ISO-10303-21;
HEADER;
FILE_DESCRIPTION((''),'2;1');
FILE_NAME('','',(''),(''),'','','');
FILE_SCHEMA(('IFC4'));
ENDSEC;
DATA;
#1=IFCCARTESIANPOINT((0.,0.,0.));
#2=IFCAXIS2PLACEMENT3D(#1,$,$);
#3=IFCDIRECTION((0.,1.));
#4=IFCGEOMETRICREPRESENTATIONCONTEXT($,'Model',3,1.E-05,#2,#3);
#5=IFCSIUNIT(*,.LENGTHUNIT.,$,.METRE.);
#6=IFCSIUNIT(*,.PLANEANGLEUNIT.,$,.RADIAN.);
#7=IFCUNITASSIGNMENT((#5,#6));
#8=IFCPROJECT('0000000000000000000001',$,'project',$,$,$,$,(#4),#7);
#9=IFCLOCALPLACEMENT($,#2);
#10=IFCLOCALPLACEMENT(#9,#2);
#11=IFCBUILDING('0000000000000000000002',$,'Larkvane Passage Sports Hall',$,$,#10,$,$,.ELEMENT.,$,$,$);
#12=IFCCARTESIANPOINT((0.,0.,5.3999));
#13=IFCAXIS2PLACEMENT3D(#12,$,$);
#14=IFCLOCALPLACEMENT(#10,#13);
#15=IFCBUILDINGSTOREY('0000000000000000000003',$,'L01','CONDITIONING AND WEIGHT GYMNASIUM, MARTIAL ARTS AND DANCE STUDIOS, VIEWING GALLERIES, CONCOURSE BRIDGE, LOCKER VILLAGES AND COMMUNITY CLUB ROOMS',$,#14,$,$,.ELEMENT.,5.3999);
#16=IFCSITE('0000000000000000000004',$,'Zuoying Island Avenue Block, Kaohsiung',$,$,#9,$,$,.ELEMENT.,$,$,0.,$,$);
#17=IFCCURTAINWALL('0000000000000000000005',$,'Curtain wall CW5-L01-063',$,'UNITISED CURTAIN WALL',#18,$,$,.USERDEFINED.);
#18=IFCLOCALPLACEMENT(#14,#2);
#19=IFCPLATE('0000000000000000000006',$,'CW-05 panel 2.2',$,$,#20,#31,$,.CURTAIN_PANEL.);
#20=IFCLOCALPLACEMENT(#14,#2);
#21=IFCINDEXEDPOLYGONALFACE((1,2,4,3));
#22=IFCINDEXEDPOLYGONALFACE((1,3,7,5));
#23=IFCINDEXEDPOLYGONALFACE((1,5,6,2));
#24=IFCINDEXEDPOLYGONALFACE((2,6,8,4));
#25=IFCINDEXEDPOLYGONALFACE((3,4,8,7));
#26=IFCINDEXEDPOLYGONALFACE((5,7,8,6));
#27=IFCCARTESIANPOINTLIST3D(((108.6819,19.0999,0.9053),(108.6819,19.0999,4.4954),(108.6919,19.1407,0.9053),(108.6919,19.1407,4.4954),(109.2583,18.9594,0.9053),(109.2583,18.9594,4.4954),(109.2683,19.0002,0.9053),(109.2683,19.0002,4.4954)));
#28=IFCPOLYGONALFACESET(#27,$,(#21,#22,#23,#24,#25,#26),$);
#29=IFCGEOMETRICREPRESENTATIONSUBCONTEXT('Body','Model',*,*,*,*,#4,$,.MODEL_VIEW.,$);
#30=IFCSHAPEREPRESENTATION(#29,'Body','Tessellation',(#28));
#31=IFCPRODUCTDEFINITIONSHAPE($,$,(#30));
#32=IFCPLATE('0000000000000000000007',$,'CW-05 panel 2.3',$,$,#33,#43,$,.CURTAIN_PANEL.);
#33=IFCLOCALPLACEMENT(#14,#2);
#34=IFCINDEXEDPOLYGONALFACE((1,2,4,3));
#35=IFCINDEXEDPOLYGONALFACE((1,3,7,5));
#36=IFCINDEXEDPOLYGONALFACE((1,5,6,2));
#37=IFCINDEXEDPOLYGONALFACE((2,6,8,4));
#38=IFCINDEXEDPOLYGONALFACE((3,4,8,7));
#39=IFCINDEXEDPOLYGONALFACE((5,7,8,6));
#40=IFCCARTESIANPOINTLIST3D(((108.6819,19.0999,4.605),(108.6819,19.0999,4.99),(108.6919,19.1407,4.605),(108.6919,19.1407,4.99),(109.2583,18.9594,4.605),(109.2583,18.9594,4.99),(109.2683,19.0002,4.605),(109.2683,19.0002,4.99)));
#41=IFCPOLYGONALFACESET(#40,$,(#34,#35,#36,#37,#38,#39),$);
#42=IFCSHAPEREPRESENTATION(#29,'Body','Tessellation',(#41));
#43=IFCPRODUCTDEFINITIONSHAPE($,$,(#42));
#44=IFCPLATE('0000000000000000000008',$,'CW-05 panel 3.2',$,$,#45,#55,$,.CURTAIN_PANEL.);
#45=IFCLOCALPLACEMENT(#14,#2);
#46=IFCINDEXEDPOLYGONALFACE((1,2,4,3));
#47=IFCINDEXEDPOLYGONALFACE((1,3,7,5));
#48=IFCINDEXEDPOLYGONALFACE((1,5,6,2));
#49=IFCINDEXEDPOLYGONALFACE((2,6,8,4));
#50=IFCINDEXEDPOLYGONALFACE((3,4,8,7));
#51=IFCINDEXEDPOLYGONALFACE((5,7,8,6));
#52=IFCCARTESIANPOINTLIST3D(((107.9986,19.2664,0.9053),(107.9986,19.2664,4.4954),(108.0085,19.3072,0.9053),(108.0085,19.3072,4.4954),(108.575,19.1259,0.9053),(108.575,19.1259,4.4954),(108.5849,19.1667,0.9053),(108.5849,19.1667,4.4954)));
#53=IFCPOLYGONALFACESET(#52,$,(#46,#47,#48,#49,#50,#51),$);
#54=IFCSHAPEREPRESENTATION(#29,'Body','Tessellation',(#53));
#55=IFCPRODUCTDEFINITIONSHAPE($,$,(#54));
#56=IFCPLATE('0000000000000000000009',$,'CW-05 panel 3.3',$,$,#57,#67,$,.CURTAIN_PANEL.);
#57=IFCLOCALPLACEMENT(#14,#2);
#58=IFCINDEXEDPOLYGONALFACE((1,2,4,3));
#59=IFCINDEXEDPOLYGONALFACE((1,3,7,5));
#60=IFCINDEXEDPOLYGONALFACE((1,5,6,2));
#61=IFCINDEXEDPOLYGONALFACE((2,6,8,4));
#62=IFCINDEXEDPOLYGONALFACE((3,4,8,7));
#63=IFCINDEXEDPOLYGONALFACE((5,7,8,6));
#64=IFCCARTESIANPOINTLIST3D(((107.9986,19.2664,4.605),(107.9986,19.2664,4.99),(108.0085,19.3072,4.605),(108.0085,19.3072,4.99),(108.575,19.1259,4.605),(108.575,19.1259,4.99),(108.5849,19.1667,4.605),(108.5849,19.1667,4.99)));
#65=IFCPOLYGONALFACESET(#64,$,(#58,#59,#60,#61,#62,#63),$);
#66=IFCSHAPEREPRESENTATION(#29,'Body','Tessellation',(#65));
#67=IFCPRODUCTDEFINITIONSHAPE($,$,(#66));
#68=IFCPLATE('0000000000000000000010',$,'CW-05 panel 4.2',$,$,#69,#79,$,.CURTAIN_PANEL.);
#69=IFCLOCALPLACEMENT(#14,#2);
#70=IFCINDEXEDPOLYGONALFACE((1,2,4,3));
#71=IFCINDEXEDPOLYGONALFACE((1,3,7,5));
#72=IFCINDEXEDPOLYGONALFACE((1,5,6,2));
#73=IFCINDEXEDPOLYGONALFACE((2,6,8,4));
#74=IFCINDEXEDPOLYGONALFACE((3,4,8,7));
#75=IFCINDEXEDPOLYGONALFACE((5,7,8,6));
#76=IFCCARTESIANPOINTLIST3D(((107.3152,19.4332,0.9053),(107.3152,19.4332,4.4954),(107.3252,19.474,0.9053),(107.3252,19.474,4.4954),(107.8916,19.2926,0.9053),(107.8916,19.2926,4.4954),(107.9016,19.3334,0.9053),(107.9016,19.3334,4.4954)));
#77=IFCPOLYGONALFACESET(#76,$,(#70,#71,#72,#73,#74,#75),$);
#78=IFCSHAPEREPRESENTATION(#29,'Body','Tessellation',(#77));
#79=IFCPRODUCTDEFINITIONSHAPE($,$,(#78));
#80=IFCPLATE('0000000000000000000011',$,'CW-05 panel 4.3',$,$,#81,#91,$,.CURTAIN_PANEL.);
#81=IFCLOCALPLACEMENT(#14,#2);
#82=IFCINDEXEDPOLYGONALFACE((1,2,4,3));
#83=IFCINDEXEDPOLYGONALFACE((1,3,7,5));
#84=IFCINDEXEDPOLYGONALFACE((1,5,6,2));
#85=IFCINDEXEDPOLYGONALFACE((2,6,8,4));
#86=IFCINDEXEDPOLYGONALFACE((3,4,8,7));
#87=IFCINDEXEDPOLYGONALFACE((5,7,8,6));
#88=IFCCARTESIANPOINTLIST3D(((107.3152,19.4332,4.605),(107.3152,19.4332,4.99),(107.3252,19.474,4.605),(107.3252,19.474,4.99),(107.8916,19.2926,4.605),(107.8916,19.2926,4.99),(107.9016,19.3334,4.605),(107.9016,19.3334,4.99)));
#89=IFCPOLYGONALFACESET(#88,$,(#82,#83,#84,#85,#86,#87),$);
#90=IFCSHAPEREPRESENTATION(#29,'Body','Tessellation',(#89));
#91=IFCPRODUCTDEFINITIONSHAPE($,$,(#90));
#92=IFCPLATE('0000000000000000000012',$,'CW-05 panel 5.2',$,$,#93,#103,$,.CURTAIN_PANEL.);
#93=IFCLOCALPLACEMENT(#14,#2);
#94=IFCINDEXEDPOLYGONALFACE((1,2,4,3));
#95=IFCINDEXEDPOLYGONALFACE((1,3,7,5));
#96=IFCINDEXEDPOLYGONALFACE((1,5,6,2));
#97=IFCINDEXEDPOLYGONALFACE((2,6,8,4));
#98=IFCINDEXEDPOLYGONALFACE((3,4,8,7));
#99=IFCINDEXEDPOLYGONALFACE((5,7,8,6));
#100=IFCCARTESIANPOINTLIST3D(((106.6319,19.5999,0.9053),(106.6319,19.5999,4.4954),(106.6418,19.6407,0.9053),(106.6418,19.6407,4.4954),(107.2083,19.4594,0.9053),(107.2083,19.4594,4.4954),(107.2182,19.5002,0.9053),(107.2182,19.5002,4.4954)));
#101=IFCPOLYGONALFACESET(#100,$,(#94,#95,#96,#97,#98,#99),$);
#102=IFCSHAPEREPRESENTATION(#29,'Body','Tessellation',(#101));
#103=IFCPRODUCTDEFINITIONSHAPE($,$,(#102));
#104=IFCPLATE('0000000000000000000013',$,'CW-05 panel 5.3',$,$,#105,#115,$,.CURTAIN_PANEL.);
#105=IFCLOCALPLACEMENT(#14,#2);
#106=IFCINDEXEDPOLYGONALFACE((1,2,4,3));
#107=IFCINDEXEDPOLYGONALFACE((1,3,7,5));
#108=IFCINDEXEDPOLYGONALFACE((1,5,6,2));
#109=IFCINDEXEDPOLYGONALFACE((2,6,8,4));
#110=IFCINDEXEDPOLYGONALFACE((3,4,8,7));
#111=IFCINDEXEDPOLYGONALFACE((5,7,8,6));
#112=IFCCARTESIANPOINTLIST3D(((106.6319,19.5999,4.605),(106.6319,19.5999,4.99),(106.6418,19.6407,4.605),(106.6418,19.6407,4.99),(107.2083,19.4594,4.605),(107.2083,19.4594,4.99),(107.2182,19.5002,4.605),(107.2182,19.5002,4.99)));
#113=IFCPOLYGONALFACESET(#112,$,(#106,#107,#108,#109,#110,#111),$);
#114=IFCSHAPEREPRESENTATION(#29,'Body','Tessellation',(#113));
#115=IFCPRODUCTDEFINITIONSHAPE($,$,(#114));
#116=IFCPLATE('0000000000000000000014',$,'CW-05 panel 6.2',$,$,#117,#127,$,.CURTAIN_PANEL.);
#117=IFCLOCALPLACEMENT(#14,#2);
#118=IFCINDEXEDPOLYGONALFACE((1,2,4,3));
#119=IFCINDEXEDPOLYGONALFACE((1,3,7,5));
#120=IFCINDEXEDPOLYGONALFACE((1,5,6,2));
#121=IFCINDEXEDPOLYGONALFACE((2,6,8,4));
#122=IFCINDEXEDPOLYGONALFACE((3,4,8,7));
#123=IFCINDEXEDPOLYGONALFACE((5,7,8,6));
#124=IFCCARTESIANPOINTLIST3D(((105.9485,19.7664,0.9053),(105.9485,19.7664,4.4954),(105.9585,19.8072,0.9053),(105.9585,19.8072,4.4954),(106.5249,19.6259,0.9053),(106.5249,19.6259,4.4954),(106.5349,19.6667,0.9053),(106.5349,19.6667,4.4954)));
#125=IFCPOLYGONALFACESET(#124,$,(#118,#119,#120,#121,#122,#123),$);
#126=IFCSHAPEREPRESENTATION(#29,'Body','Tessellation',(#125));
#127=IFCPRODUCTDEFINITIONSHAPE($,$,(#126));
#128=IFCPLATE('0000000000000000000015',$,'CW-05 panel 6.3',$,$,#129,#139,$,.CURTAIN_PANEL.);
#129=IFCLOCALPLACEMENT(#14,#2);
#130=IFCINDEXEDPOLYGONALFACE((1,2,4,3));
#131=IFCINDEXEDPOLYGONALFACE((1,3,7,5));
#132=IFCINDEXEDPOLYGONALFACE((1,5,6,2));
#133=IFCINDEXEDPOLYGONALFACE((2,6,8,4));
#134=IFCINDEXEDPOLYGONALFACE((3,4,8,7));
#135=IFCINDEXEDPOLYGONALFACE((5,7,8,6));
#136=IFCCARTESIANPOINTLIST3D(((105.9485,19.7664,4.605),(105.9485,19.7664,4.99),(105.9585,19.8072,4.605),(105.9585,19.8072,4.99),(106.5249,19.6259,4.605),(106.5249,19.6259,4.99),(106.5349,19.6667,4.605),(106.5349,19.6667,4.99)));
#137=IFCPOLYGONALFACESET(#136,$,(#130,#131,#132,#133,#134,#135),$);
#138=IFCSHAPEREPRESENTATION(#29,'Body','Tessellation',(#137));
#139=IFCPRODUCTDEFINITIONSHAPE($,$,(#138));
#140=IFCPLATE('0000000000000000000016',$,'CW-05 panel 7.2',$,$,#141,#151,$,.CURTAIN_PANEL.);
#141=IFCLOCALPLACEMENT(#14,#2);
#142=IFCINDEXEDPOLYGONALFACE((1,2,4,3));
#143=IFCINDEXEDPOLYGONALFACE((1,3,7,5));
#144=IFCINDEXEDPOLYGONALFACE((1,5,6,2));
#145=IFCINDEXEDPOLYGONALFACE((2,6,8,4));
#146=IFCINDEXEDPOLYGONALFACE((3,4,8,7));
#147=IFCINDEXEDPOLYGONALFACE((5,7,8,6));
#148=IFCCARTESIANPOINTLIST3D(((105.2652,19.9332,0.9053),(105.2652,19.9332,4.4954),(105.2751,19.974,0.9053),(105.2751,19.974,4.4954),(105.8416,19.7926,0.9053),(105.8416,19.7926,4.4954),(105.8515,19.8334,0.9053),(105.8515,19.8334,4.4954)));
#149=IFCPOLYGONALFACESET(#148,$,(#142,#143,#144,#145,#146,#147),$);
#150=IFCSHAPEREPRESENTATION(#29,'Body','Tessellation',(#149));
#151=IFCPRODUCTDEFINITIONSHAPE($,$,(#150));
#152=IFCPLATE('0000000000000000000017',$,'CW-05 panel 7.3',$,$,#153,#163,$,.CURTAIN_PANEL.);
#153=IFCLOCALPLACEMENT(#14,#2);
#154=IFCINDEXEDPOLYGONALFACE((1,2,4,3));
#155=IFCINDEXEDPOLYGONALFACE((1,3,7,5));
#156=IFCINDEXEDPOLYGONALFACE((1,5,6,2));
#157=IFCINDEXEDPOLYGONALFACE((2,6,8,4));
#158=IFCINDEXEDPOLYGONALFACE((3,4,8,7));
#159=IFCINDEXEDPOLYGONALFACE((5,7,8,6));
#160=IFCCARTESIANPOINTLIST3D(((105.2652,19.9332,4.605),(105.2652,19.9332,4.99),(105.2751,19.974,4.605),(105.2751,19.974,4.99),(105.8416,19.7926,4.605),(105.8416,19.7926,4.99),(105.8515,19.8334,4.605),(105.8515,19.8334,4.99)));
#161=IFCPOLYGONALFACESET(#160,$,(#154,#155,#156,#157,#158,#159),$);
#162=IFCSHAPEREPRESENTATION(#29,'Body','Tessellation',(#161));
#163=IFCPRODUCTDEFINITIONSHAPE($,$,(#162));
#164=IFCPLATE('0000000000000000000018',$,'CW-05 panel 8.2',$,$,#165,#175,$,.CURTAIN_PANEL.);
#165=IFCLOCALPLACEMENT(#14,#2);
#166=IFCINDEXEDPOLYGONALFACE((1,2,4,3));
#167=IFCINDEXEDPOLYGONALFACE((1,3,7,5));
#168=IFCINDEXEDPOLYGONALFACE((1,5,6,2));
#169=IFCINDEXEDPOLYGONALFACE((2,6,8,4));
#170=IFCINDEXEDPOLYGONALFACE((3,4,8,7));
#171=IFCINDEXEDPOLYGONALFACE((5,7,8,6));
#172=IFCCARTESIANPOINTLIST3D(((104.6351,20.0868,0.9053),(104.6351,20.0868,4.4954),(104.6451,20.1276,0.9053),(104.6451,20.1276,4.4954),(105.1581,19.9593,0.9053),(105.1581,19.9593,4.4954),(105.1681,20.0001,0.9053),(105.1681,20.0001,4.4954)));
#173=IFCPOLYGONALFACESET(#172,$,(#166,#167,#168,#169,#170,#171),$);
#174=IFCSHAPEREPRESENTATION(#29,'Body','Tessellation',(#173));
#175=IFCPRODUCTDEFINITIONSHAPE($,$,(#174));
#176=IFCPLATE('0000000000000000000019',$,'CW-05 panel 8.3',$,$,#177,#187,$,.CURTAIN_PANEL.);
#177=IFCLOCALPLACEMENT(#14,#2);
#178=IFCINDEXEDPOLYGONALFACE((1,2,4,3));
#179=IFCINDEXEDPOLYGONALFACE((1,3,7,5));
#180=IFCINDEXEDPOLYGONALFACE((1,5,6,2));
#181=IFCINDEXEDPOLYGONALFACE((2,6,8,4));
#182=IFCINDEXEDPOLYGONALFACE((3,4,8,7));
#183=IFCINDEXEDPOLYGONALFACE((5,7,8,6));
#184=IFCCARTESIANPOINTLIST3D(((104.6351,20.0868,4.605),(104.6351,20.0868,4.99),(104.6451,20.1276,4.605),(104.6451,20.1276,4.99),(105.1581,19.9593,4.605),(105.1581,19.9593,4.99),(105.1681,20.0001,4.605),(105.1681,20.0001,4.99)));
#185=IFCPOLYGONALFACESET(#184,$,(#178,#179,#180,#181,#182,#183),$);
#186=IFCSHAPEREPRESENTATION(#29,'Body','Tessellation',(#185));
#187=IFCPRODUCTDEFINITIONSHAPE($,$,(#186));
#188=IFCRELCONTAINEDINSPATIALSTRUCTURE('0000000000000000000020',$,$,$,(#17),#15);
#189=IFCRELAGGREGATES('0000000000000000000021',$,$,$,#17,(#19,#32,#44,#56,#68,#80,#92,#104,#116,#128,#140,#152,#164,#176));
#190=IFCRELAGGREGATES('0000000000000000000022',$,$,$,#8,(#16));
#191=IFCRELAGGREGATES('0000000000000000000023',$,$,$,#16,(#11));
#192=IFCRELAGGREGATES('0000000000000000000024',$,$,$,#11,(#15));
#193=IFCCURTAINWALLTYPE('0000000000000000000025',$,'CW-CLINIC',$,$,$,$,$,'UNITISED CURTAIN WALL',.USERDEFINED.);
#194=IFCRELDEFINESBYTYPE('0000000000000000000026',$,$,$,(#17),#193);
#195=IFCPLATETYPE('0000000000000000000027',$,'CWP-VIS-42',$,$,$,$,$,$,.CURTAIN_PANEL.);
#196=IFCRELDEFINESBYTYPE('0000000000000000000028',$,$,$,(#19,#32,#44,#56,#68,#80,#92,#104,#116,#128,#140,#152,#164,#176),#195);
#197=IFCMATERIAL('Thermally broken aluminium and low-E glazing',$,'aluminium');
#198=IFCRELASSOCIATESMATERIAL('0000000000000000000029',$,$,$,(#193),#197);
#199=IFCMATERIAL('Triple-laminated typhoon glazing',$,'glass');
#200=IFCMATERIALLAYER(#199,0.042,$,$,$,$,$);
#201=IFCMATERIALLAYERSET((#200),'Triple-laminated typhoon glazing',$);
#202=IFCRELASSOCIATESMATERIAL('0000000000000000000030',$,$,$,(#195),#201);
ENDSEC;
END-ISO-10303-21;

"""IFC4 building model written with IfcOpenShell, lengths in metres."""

from ifc_helpers import new_model, si_unit, direction, frame, origin, origin_2d, place, context, subcontext, project, spatial, rectangle, extrude, material, layer, layer_set, type_object, element, aggregate, save


model = new_model("IFC4")

# Units and contexts
model_context = context("Model", 3, precision=1e-05, world=origin(), true_north=direction((0.0, 1.0)))
body_context = subcontext(model_context, "Body", "Model", "MODEL_VIEW")
ifc_project = project(units=[si_unit("LENGTHUNIT", "METRE"), si_unit("PLANEANGLEUNIT", "RADIAN")], contexts=[model_context])

# Site, building, storey
site_placement = place(None, origin())
site = spatial("IfcSite", under=ifc_project, at=site_placement, Name="Zuoying Island Avenue Block, Kaohsiung", CompositionType="ELEMENT", RefElevation=0.0)
building_placement = place(site_placement, origin())
building = spatial("IfcBuilding", under=site, at=building_placement, Name="Larkvane Passage Sports Hall", CompositionType="ELEMENT")
storey_placement = place(building_placement, frame((0.0, 0.0, 5.3999)))
storey = spatial("IfcBuildingStorey", under=building, at=storey_placement, Name="L01", Description="CONDITIONING AND WEIGHT GYMNASIUM, MARTIAL ARTS AND DANCE STUDIOS, VIEWING GALLERIES, CONCOURSE BRIDGE, LOCKER VILLAGES AND COMMUNITY CLUB ROOMS", CompositionType="ELEMENT", Elevation=5.3999)

# Curtain wall, plates
ifc_material_1 = material(Name="Thermally broken aluminium and low-E glazing", Category="aluminium")
curtain_wall_type = type_object("IfcCurtainWallType", Name="CW-CLINIC", ElementType="UNITISED CURTAIN WALL", PredefinedType="USERDEFINED", material=ifc_material_1)
curtain_wall_placement = place(storey_placement, origin())
curtain_wall = element("IfcCurtainWall", 1, at=curtain_wall_placement, inside=storey, type_object=curtain_wall_type, Name="Curtain wall CW5-L01-063", ObjectType="UNITISED CURTAIN WALL", PredefinedType="USERDEFINED")
ifc_material_2 = material(Name="Triple-laminated typhoon glazing", Category="glass")
ifc_layer = layer(ifc_material_2, 0.042)
ifc_layer_set = layer_set([ifc_layer], Name="Triple-laminated typhoon glazing")
plate_type = type_object("IfcPlateType", Name="CWP-VIS-42", PredefinedType="CURTAIN_PANEL", material=ifc_layer_set)
plate_1_placement = place(storey_placement, frame((108.9751, 19.05, 0.9053), z_axis=(0.0, 0.0, 1.0), x_axis=(-0.971522, 0.236949, 0.0)))
plate_1 = element("IfcPlate", 2, at=plate_1_placement, type_object=plate_type, Name="CW-05 panel 2.2", PredefinedType="CURTAIN_PANEL", context=body_context, shape_type="SweptSolid", body=[
    extrude(rectangle(XDim=0.5933, YDim=0.042, at=origin_2d()), origin(), (0.0, 0.0, 1.0), 3.5901),
])
plate_2_placement = place(storey_placement, frame((108.9751, 19.05, 4.605), z_axis=(0.0, 0.0, 1.0), x_axis=(-0.971522, 0.236949, 0.0)))
plate_2 = element("IfcPlate", 3, at=plate_2_placement, type_object=plate_type, Name="CW-05 panel 2.3", PredefinedType="CURTAIN_PANEL", context=body_context, shape_type="SweptSolid", body=[
    extrude(rectangle(XDim=0.5933, YDim=0.042, at=origin_2d()), origin(), (0.0, 0.0, 1.0), 0.385),
])
plate_3_placement = place(storey_placement, frame((108.2917, 19.2166, 0.9053), z_axis=(0.0, 0.0, 1.0), x_axis=(-0.971522, 0.236949, 0.0)))
plate_3 = element("IfcPlate", 4, at=plate_3_placement, type_object=plate_type, Name="CW-05 panel 3.2", PredefinedType="CURTAIN_PANEL", context=body_context, shape_type="SweptSolid", body=[
    extrude(rectangle(XDim=0.5933, YDim=0.042, at=origin_2d()), origin(), (0.0, 0.0, 1.0), 3.5901),
])
plate_4_placement = place(storey_placement, frame((108.2917, 19.2166, 4.605), z_axis=(0.0, 0.0, 1.0), x_axis=(-0.971522, 0.236949, 0.0)))
plate_4 = element("IfcPlate", 5, at=plate_4_placement, type_object=plate_type, Name="CW-05 panel 3.3", PredefinedType="CURTAIN_PANEL", context=body_context, shape_type="SweptSolid", body=[
    extrude(rectangle(XDim=0.5933, YDim=0.042, at=origin_2d()), origin(), (0.0, 0.0, 1.0), 0.385),
])
plate_5_placement = place(storey_placement, frame((107.6084, 19.3833, 0.9053), z_axis=(0.0, 0.0, 1.0), x_axis=(-0.971522, 0.236949, 0.0)))
plate_5 = element("IfcPlate", 6, at=plate_5_placement, type_object=plate_type, Name="CW-05 panel 4.2", PredefinedType="CURTAIN_PANEL", context=body_context, shape_type="SweptSolid", body=[
    extrude(rectangle(XDim=0.5933, YDim=0.042, at=origin_2d()), origin(), (0.0, 0.0, 1.0), 3.5901),
])
plate_6_placement = place(storey_placement, frame((107.6084, 19.3833, 4.605), z_axis=(0.0, 0.0, 1.0), x_axis=(-0.971522, 0.236949, 0.0)))
plate_6 = element("IfcPlate", 7, at=plate_6_placement, type_object=plate_type, Name="CW-05 panel 4.3", PredefinedType="CURTAIN_PANEL", context=body_context, shape_type="SweptSolid", body=[
    extrude(rectangle(XDim=0.5933, YDim=0.042, at=origin_2d()), origin(), (0.0, 0.0, 1.0), 0.385),
])
plate_7_placement = place(storey_placement, frame((106.925, 19.55, 0.9053), z_axis=(0.0, 0.0, 1.0), x_axis=(-0.971522, 0.236949, 0.0)))
plate_7 = element("IfcPlate", 8, at=plate_7_placement, type_object=plate_type, Name="CW-05 panel 5.2", PredefinedType="CURTAIN_PANEL", context=body_context, shape_type="SweptSolid", body=[
    extrude(rectangle(XDim=0.5933, YDim=0.042, at=origin_2d()), origin(), (0.0, 0.0, 1.0), 3.5901),
])
plate_8_placement = place(storey_placement, frame((106.925, 19.55, 4.605), z_axis=(0.0, 0.0, 1.0), x_axis=(-0.971522, 0.236949, 0.0)))
plate_8 = element("IfcPlate", 9, at=plate_8_placement, type_object=plate_type, Name="CW-05 panel 5.3", PredefinedType="CURTAIN_PANEL", context=body_context, shape_type="SweptSolid", body=[
    extrude(rectangle(XDim=0.5933, YDim=0.042, at=origin_2d()), origin(), (0.0, 0.0, 1.0), 0.385),
])
plate_9_placement = place(storey_placement, frame((106.2417, 19.7166, 0.9053), z_axis=(0.0, 0.0, 1.0), x_axis=(-0.971522, 0.236949, 0.0)))
plate_9 = element("IfcPlate", 10, at=plate_9_placement, type_object=plate_type, Name="CW-05 panel 6.2", PredefinedType="CURTAIN_PANEL", context=body_context, shape_type="SweptSolid", body=[
    extrude(rectangle(XDim=0.5933, YDim=0.042, at=origin_2d()), origin(), (0.0, 0.0, 1.0), 3.5901),
])
plate_10_placement = place(storey_placement, frame((106.2417, 19.7166, 4.605), z_axis=(0.0, 0.0, 1.0), x_axis=(-0.971522, 0.236949, 0.0)))
plate_10 = element("IfcPlate", 11, at=plate_10_placement, type_object=plate_type, Name="CW-05 panel 6.3", PredefinedType="CURTAIN_PANEL", context=body_context, shape_type="SweptSolid", body=[
    extrude(rectangle(XDim=0.5933, YDim=0.042, at=origin_2d()), origin(), (0.0, 0.0, 1.0), 0.385),
])
plate_11_placement = place(storey_placement, frame((105.5583, 19.8833, 0.9053), z_axis=(0.0, 0.0, 1.0), x_axis=(-0.971522, 0.236949, 0.0)))
plate_11 = element("IfcPlate", 12, at=plate_11_placement, type_object=plate_type, Name="CW-05 panel 7.2", PredefinedType="CURTAIN_PANEL", context=body_context, shape_type="SweptSolid", body=[
    extrude(rectangle(XDim=0.5933, YDim=0.042, at=origin_2d()), origin(), (0.0, 0.0, 1.0), 3.5901),
])
plate_12_placement = place(storey_placement, frame((105.5583, 19.8833, 4.605), z_axis=(0.0, 0.0, 1.0), x_axis=(-0.971522, 0.236949, 0.0)))
plate_12 = element("IfcPlate", 13, at=plate_12_placement, type_object=plate_type, Name="CW-05 panel 7.3", PredefinedType="CURTAIN_PANEL", context=body_context, shape_type="SweptSolid", body=[
    extrude(rectangle(XDim=0.5933, YDim=0.042, at=origin_2d()), origin(), (0.0, 0.0, 1.0), 0.385),
])
plate_13_placement = place(storey_placement, frame((104.9016, 20.0435, 0.9053), z_axis=(0.0, 0.0, 1.0), x_axis=(-0.971522, 0.236949, 0.0)))
plate_13 = element("IfcPlate", 14, at=plate_13_placement, type_object=plate_type, Name="CW-05 panel 8.2", PredefinedType="CURTAIN_PANEL", context=body_context, shape_type="SweptSolid", body=[
    extrude(rectangle(XDim=0.5383, YDim=0.042, at=origin_2d()), origin(), (0.0, 0.0, 1.0), 3.5901),
])
plate_14_placement = place(storey_placement, frame((104.9016, 20.0435, 4.605), z_axis=(0.0, 0.0, 1.0), x_axis=(-0.971522, 0.236949, 0.0)))
plate_14 = element("IfcPlate", 15, at=plate_14_placement, type_object=plate_type, Name="CW-05 panel 8.3", PredefinedType="CURTAIN_PANEL", context=body_context, shape_type="SweptSolid", body=[
    extrude(rectangle(XDim=0.5383, YDim=0.042, at=origin_2d()), origin(), (0.0, 0.0, 1.0), 0.385),
])
aggregate(curtain_wall, [plate_1, plate_2, plate_3, plate_4, plate_5, plate_6, plate_7, plate_8, plate_9, plate_10, plate_11, plate_12, plate_13, plate_14])

save(model, "model.ifc")
